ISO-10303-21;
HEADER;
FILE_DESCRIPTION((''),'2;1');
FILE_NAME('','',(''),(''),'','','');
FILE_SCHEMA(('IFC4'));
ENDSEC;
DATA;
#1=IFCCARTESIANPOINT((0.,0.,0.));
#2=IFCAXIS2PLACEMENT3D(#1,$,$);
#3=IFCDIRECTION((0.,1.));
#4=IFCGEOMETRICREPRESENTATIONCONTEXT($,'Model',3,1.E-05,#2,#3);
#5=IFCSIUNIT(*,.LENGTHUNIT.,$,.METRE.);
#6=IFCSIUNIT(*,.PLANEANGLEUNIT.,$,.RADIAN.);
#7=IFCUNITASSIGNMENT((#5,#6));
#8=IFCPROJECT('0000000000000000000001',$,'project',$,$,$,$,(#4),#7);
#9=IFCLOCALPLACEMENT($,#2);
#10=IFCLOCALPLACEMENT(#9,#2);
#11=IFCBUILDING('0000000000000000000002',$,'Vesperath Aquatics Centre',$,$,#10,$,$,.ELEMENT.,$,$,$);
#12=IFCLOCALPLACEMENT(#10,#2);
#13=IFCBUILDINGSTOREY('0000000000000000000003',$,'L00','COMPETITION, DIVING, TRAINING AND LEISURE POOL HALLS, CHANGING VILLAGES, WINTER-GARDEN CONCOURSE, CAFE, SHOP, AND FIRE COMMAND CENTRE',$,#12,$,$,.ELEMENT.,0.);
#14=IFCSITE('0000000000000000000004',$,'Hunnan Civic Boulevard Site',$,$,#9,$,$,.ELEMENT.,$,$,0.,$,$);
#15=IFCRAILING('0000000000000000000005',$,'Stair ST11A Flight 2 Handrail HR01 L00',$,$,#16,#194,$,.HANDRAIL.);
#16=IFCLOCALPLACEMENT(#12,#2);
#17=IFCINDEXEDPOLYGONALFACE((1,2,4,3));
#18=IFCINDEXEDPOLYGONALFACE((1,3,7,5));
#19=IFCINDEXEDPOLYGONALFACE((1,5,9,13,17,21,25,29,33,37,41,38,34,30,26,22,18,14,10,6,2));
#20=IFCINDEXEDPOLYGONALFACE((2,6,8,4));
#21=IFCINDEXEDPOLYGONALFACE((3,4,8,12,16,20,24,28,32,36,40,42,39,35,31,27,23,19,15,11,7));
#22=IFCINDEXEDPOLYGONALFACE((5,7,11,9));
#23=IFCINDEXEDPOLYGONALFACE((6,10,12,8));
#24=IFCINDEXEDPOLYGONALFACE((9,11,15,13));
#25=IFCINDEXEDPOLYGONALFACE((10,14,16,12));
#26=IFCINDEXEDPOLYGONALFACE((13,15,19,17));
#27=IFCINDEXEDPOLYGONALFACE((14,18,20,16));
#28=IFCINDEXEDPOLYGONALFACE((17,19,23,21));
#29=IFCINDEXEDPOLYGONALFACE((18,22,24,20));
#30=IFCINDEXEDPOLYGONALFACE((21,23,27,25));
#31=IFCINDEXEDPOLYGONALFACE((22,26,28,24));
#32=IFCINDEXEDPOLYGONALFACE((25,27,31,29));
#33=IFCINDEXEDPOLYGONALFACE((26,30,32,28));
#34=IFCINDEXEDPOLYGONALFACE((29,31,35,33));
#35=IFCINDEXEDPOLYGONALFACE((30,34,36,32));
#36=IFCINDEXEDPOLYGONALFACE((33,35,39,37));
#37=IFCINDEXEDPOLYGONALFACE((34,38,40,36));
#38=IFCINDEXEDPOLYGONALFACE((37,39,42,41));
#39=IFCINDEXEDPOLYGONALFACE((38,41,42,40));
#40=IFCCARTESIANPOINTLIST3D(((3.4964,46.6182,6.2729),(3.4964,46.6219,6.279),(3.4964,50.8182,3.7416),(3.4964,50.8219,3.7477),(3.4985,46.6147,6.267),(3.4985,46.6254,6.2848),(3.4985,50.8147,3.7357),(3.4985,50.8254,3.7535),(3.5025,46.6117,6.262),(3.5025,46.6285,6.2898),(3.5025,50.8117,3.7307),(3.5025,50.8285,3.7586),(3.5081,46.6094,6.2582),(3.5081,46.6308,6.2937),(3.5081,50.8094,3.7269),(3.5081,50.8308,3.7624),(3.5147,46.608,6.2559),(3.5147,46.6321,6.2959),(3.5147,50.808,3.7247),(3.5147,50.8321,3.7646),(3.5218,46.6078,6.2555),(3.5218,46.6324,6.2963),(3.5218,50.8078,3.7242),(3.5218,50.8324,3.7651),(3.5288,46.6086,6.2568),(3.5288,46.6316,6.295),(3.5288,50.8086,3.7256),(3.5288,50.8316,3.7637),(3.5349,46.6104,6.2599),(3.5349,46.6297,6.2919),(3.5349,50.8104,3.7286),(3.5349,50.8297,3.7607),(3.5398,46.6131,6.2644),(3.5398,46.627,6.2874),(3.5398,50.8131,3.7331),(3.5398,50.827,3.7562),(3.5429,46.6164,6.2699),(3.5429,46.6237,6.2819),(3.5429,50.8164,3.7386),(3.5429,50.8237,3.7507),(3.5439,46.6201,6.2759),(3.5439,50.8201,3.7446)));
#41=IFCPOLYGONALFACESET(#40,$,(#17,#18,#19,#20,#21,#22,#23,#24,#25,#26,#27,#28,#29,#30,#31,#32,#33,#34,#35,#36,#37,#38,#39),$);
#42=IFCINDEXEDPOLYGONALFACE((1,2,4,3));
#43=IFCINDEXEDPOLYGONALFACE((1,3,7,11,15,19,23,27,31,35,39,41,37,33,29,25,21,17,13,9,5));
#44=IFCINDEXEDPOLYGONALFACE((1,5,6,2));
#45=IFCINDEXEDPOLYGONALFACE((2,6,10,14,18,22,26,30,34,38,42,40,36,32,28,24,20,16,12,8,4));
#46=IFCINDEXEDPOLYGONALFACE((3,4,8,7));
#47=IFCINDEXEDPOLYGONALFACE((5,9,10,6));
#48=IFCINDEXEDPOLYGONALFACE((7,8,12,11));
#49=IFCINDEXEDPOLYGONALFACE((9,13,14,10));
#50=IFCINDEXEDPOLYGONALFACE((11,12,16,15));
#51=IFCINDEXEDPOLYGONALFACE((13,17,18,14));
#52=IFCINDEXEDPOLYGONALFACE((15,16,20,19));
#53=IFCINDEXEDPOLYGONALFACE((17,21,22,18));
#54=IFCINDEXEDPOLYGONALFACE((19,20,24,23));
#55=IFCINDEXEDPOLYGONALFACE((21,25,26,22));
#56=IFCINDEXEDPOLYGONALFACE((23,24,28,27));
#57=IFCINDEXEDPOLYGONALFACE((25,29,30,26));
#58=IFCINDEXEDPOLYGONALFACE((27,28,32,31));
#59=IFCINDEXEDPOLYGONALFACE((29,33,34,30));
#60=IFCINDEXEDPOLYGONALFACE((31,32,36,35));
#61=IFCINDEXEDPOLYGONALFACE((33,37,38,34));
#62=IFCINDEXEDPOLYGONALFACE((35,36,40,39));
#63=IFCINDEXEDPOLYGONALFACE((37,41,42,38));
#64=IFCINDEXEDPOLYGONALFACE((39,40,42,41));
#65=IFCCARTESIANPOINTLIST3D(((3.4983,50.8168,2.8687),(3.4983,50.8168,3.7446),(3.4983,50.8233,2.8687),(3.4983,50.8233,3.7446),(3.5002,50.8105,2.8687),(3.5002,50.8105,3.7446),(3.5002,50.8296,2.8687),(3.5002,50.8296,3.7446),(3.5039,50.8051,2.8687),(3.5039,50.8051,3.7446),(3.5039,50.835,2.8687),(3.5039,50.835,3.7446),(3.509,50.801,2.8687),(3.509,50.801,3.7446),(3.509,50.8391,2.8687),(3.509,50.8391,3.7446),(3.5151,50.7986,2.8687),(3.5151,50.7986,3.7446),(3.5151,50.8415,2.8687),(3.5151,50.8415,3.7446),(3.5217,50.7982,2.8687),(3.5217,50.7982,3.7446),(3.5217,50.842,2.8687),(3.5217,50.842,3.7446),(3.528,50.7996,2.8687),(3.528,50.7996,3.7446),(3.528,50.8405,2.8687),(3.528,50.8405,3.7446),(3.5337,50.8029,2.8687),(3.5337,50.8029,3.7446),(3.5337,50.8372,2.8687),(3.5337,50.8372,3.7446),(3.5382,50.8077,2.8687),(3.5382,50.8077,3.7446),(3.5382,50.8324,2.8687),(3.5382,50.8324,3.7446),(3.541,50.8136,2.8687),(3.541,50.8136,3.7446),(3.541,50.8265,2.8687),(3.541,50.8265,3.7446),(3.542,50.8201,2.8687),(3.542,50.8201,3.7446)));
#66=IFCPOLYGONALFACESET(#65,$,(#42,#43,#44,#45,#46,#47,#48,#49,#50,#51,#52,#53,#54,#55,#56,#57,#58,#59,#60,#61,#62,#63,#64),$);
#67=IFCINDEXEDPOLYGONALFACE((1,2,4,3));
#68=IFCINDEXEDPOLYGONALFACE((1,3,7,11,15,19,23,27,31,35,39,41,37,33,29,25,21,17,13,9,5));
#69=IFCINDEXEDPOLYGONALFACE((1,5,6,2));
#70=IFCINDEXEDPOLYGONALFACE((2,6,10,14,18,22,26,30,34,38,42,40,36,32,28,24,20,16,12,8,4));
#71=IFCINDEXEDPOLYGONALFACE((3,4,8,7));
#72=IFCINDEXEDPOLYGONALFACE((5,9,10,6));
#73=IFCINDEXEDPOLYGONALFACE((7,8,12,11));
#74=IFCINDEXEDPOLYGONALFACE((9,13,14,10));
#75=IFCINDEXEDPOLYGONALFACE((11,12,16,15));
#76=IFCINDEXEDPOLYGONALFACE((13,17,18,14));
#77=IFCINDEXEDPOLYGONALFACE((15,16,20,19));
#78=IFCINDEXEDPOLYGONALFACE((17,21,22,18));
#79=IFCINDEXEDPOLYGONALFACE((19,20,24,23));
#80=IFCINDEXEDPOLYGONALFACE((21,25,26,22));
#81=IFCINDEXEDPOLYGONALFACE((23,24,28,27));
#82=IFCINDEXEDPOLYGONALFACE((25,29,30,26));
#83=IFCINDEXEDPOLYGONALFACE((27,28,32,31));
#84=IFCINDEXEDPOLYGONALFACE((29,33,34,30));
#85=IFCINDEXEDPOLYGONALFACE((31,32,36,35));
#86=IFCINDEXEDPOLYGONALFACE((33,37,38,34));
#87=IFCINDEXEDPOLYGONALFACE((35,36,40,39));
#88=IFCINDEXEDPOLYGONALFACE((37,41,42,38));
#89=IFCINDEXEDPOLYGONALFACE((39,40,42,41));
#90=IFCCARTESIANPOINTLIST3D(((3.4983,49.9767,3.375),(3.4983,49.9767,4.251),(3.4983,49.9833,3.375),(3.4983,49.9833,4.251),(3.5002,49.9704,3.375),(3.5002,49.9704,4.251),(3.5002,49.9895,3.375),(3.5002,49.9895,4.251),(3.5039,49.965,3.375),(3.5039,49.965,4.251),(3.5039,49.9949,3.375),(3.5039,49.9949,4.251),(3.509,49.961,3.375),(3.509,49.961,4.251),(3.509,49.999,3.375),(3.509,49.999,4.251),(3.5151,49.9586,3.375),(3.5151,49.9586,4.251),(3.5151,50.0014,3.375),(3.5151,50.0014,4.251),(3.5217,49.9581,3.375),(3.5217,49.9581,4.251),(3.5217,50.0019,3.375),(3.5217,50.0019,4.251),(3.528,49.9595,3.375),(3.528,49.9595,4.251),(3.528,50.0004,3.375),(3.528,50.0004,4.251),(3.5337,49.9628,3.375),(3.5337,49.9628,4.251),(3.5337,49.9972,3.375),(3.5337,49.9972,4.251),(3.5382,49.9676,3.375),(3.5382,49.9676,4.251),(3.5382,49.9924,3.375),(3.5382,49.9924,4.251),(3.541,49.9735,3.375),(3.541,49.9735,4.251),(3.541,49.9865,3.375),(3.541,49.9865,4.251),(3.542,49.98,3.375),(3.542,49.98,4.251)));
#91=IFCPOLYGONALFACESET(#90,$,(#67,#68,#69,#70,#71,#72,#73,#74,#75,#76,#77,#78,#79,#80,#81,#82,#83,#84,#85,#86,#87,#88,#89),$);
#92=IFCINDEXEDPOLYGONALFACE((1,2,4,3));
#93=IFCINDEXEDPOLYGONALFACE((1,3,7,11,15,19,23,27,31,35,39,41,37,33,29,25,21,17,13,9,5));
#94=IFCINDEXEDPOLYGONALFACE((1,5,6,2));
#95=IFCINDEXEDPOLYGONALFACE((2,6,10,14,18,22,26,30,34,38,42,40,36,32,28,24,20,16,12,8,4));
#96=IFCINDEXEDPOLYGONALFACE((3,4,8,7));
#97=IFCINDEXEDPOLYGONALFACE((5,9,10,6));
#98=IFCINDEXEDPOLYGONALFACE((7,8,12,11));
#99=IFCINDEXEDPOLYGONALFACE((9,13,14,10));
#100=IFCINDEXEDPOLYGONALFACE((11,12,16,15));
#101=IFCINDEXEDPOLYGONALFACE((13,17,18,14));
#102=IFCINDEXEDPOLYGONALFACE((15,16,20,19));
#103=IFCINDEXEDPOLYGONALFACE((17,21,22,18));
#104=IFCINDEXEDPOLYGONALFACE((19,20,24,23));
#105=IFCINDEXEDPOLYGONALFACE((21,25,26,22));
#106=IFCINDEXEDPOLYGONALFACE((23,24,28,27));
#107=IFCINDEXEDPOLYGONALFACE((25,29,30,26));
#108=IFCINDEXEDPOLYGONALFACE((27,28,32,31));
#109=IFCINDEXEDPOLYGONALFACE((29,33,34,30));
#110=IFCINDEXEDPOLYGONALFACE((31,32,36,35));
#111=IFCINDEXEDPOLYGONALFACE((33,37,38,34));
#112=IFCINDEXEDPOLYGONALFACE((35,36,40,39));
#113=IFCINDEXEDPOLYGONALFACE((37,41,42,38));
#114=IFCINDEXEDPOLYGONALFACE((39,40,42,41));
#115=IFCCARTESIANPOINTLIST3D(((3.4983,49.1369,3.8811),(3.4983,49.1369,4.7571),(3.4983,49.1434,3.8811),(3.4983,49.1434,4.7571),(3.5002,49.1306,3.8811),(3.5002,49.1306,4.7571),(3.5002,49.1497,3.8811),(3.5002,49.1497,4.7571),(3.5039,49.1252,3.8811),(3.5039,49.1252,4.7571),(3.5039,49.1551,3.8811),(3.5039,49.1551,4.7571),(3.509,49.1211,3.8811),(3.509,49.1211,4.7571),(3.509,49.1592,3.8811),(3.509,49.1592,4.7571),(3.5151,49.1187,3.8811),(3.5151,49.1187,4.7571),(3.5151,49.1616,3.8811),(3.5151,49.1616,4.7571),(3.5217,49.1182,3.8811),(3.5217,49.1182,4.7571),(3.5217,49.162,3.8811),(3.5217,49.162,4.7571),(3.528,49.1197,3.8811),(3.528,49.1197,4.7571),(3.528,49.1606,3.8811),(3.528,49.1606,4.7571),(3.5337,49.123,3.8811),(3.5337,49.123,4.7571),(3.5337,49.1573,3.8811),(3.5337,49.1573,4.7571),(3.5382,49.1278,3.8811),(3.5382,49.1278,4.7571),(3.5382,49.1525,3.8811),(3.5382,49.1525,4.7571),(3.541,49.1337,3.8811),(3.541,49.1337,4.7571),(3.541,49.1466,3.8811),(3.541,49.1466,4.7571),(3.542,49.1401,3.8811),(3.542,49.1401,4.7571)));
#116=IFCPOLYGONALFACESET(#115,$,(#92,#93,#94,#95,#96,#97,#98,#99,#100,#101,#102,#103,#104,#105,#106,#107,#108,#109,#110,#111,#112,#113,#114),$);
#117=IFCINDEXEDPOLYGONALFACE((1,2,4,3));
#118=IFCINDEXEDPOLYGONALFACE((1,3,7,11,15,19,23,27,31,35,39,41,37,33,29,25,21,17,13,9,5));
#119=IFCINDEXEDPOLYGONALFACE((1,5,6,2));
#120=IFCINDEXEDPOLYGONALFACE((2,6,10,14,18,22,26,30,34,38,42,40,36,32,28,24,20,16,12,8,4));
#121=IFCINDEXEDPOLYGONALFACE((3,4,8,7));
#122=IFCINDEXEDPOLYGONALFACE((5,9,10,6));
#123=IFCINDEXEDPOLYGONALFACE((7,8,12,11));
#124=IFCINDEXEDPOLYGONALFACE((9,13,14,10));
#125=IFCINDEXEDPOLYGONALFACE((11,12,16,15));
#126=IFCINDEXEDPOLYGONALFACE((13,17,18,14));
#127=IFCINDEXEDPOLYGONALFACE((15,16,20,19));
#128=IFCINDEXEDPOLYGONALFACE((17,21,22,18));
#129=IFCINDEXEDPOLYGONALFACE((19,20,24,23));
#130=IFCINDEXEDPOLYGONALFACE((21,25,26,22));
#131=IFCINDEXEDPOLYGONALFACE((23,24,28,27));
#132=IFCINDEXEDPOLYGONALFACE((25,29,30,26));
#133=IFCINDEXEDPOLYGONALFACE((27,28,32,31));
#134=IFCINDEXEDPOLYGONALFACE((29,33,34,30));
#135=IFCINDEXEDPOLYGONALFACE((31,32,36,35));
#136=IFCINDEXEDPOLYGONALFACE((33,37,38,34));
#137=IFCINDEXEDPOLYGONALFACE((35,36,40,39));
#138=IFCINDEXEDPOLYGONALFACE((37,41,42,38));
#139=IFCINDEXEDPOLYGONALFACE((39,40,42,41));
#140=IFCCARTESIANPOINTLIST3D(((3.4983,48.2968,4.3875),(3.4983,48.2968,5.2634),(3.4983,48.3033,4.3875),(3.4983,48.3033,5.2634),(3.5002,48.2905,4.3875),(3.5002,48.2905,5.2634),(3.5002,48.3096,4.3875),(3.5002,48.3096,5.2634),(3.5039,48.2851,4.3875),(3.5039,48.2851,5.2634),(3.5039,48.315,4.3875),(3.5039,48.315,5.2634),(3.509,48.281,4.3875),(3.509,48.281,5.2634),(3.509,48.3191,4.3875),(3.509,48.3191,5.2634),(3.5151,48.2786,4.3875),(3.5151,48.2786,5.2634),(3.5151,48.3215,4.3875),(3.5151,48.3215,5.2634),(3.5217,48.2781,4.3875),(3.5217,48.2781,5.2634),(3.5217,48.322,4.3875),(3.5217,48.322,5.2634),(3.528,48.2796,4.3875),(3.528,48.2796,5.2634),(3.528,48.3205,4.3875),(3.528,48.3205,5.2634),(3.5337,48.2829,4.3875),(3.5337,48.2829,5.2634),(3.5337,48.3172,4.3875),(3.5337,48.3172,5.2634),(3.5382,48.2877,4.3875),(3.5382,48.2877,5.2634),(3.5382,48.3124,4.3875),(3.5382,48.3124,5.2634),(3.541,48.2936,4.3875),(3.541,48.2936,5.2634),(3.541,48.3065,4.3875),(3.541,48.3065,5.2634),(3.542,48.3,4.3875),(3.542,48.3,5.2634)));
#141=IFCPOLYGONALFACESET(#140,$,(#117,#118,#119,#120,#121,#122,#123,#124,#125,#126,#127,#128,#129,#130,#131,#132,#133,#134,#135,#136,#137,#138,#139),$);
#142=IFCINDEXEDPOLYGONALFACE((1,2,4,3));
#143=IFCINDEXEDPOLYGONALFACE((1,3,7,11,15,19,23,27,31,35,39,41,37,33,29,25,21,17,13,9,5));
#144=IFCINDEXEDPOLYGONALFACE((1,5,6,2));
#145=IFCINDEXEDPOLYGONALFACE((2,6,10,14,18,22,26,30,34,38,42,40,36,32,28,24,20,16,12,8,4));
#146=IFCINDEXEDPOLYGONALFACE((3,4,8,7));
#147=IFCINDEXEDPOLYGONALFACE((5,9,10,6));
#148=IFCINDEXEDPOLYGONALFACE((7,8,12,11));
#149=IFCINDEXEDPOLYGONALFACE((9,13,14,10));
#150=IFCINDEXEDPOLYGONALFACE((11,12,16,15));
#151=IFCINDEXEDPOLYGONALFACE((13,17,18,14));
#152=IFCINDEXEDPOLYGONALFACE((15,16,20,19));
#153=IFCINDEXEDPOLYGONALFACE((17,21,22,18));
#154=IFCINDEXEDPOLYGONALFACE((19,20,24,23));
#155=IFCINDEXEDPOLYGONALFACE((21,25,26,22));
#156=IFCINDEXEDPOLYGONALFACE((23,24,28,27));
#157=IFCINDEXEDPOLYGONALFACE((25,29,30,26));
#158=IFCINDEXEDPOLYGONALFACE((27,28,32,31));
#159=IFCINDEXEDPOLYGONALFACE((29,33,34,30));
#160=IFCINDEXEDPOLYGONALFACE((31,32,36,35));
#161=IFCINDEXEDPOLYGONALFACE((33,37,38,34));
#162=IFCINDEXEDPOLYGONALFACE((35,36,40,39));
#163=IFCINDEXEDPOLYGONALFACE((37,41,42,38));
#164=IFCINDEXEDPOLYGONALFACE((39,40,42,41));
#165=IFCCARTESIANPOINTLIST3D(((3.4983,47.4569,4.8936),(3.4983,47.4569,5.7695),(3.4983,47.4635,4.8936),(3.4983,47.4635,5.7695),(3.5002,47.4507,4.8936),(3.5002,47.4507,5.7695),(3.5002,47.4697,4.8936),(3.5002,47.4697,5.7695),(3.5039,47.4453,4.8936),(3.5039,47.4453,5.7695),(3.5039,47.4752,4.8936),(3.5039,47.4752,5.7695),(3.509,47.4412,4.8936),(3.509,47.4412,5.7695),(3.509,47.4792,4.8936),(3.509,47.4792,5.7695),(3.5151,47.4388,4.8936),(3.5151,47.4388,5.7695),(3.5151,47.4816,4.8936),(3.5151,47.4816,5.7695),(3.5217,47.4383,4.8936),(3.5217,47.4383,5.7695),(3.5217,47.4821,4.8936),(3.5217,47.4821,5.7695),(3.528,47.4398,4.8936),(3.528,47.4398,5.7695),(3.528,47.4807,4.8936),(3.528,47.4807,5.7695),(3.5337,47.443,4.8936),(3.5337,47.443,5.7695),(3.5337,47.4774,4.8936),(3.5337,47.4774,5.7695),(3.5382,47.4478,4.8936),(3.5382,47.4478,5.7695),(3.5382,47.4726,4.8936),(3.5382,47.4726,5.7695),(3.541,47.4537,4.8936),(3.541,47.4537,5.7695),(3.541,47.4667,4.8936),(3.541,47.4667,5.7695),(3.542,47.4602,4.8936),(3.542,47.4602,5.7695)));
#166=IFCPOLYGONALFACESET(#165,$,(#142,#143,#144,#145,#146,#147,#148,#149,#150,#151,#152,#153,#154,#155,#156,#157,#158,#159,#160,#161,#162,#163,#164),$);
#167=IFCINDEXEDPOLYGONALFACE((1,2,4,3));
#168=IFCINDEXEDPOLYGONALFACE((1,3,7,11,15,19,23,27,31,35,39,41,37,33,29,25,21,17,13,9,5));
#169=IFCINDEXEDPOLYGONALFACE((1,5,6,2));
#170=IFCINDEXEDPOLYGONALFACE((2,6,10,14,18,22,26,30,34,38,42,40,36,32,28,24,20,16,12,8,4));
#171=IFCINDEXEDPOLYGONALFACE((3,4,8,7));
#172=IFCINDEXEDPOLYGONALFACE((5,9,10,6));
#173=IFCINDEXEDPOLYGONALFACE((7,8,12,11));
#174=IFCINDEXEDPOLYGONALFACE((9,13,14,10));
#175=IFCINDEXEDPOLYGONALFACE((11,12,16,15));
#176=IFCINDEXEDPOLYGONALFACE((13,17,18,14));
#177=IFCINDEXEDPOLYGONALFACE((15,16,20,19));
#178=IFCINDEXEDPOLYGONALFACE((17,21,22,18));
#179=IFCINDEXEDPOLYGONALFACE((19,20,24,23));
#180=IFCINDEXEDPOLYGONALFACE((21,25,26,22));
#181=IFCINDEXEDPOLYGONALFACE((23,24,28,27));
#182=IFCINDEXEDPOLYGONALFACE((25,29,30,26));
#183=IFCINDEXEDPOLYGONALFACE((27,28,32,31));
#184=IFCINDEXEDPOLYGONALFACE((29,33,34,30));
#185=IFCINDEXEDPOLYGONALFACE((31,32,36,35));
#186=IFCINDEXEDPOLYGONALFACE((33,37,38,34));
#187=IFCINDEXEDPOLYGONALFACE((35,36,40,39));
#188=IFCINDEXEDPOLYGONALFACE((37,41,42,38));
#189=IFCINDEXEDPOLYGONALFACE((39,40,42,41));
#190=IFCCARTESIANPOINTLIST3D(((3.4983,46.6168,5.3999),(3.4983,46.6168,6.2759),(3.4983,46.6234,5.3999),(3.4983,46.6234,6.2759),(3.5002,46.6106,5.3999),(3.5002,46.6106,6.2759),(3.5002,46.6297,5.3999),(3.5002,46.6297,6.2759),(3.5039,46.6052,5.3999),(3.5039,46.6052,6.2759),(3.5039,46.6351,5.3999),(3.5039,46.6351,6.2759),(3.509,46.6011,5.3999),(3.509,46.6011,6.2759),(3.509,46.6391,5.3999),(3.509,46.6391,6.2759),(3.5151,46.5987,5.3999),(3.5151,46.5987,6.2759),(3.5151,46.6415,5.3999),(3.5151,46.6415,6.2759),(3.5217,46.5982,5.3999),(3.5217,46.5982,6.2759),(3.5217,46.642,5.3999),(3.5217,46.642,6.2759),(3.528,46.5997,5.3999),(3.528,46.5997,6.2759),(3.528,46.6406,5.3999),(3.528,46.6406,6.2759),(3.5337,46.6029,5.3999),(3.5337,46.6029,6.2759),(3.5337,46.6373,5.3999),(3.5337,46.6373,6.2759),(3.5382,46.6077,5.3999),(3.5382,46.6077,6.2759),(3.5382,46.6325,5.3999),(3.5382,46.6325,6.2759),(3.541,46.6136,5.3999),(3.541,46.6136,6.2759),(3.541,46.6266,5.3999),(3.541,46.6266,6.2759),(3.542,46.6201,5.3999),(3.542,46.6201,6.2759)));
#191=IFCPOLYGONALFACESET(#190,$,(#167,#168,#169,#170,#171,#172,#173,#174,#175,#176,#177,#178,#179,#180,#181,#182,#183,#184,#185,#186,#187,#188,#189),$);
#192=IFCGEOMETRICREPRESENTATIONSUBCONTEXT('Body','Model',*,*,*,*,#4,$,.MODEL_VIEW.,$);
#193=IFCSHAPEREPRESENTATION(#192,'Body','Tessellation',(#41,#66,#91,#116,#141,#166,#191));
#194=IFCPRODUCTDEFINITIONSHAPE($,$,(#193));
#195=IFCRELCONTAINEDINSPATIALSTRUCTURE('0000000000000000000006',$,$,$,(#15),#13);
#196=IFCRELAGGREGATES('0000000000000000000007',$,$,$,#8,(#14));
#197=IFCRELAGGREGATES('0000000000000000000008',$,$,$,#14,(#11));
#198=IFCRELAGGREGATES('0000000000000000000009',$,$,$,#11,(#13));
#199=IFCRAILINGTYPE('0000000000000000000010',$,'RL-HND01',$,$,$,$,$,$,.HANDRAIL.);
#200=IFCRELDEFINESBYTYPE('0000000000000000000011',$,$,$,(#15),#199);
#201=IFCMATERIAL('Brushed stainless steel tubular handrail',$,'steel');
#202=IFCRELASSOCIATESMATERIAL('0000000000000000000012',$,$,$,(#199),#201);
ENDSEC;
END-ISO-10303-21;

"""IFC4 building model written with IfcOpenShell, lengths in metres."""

from ifc_helpers import new_model, si_unit, direction, frame, origin, origin_2d, place, context, subcontext, project, spatial, circle, extrude, material, type_object, element, save


model = new_model("IFC4")

# Units and contexts
model_context = context("Model", 3, precision=1e-05, world=origin(), true_north=direction((0.0, 1.0)))
body_context = subcontext(model_context, "Body", "Model", "MODEL_VIEW")
ifc_project = project(units=[si_unit("LENGTHUNIT", "METRE"), si_unit("PLANEANGLEUNIT", "RADIAN")], contexts=[model_context])

# Site, building, storey
site_placement = place(None, origin())
site = spatial("IfcSite", under=ifc_project, at=site_placement, Name="Hunnan Civic Boulevard Site", CompositionType="ELEMENT", RefElevation=0.0)
building_placement = place(site_placement, origin())
building = spatial("IfcBuilding", under=site, at=building_placement, Name="Vesperath Aquatics Centre", CompositionType="ELEMENT")
storey_placement = place(building_placement, origin())
storey = spatial("IfcBuildingStorey", under=building, at=storey_placement, Name="L00", Description="COMPETITION, DIVING, TRAINING AND LEISURE POOL HALLS, CHANGING VILLAGES, WINTER-GARDEN CONCOURSE, CAFE, SHOP, AND FIRE COMMAND CENTRE", CompositionType="ELEMENT", Elevation=0.0)

# Railing
ifc_material_1 = material(Name="Brushed stainless steel tubular handrail", Category="steel")
railing_type_1 = type_object("IfcRailingType", Name="RL-HND01", PredefinedType="HANDRAIL", material=ifc_material_1)
railing_1_placement = place(storey_placement, frame((3.52, 50.8201, 2.8687)))
element("IfcRailing", 1, at=railing_1_placement, inside=storey, type_object=railing_type_1, Name="Stair ST11A Flight 2 Handrail HR01 L00", PredefinedType="HANDRAIL", context=body_context, shape_type="SweptSolid", body=[
    extrude(circle(Radius=0.0239, at=origin_2d()), frame((0.0, 0.0, 0.876), z_axis=(0.0, -0.856476, 0.516186), x_axis=(1.0, 0.0, 0.0)), (0.0, 0.0, 1.0), 4.9038),
    extrude(circle(Radius=0.022, at=origin_2d()), origin(), (0.0, 0.0, 1.0), 0.876),
    extrude(circle(Radius=0.022, at=origin_2d()), frame((0.0, -0.8401, 0.5063)), (0.0, 0.0, 1.0), 0.876),
    extrude(circle(Radius=0.022, at=origin_2d()), frame((0.0, -1.6799, 1.0125)), (0.0, 0.0, 1.0), 0.876),
    extrude(circle(Radius=0.022, at=origin_2d()), frame((0.0, -2.52, 1.5188)), (0.0, 0.0, 1.0), 0.876),
    extrude(circle(Radius=0.022, at=origin_2d()), frame((0.0, -3.3599, 2.0249)), (0.0, 0.0, 1.0), 0.876),
    extrude(circle(Radius=0.022, at=origin_2d()), frame((0.0, -4.2, 2.5312)), (0.0, 0.0, 1.0), 0.876),
])

save(model, "model.ifc")
